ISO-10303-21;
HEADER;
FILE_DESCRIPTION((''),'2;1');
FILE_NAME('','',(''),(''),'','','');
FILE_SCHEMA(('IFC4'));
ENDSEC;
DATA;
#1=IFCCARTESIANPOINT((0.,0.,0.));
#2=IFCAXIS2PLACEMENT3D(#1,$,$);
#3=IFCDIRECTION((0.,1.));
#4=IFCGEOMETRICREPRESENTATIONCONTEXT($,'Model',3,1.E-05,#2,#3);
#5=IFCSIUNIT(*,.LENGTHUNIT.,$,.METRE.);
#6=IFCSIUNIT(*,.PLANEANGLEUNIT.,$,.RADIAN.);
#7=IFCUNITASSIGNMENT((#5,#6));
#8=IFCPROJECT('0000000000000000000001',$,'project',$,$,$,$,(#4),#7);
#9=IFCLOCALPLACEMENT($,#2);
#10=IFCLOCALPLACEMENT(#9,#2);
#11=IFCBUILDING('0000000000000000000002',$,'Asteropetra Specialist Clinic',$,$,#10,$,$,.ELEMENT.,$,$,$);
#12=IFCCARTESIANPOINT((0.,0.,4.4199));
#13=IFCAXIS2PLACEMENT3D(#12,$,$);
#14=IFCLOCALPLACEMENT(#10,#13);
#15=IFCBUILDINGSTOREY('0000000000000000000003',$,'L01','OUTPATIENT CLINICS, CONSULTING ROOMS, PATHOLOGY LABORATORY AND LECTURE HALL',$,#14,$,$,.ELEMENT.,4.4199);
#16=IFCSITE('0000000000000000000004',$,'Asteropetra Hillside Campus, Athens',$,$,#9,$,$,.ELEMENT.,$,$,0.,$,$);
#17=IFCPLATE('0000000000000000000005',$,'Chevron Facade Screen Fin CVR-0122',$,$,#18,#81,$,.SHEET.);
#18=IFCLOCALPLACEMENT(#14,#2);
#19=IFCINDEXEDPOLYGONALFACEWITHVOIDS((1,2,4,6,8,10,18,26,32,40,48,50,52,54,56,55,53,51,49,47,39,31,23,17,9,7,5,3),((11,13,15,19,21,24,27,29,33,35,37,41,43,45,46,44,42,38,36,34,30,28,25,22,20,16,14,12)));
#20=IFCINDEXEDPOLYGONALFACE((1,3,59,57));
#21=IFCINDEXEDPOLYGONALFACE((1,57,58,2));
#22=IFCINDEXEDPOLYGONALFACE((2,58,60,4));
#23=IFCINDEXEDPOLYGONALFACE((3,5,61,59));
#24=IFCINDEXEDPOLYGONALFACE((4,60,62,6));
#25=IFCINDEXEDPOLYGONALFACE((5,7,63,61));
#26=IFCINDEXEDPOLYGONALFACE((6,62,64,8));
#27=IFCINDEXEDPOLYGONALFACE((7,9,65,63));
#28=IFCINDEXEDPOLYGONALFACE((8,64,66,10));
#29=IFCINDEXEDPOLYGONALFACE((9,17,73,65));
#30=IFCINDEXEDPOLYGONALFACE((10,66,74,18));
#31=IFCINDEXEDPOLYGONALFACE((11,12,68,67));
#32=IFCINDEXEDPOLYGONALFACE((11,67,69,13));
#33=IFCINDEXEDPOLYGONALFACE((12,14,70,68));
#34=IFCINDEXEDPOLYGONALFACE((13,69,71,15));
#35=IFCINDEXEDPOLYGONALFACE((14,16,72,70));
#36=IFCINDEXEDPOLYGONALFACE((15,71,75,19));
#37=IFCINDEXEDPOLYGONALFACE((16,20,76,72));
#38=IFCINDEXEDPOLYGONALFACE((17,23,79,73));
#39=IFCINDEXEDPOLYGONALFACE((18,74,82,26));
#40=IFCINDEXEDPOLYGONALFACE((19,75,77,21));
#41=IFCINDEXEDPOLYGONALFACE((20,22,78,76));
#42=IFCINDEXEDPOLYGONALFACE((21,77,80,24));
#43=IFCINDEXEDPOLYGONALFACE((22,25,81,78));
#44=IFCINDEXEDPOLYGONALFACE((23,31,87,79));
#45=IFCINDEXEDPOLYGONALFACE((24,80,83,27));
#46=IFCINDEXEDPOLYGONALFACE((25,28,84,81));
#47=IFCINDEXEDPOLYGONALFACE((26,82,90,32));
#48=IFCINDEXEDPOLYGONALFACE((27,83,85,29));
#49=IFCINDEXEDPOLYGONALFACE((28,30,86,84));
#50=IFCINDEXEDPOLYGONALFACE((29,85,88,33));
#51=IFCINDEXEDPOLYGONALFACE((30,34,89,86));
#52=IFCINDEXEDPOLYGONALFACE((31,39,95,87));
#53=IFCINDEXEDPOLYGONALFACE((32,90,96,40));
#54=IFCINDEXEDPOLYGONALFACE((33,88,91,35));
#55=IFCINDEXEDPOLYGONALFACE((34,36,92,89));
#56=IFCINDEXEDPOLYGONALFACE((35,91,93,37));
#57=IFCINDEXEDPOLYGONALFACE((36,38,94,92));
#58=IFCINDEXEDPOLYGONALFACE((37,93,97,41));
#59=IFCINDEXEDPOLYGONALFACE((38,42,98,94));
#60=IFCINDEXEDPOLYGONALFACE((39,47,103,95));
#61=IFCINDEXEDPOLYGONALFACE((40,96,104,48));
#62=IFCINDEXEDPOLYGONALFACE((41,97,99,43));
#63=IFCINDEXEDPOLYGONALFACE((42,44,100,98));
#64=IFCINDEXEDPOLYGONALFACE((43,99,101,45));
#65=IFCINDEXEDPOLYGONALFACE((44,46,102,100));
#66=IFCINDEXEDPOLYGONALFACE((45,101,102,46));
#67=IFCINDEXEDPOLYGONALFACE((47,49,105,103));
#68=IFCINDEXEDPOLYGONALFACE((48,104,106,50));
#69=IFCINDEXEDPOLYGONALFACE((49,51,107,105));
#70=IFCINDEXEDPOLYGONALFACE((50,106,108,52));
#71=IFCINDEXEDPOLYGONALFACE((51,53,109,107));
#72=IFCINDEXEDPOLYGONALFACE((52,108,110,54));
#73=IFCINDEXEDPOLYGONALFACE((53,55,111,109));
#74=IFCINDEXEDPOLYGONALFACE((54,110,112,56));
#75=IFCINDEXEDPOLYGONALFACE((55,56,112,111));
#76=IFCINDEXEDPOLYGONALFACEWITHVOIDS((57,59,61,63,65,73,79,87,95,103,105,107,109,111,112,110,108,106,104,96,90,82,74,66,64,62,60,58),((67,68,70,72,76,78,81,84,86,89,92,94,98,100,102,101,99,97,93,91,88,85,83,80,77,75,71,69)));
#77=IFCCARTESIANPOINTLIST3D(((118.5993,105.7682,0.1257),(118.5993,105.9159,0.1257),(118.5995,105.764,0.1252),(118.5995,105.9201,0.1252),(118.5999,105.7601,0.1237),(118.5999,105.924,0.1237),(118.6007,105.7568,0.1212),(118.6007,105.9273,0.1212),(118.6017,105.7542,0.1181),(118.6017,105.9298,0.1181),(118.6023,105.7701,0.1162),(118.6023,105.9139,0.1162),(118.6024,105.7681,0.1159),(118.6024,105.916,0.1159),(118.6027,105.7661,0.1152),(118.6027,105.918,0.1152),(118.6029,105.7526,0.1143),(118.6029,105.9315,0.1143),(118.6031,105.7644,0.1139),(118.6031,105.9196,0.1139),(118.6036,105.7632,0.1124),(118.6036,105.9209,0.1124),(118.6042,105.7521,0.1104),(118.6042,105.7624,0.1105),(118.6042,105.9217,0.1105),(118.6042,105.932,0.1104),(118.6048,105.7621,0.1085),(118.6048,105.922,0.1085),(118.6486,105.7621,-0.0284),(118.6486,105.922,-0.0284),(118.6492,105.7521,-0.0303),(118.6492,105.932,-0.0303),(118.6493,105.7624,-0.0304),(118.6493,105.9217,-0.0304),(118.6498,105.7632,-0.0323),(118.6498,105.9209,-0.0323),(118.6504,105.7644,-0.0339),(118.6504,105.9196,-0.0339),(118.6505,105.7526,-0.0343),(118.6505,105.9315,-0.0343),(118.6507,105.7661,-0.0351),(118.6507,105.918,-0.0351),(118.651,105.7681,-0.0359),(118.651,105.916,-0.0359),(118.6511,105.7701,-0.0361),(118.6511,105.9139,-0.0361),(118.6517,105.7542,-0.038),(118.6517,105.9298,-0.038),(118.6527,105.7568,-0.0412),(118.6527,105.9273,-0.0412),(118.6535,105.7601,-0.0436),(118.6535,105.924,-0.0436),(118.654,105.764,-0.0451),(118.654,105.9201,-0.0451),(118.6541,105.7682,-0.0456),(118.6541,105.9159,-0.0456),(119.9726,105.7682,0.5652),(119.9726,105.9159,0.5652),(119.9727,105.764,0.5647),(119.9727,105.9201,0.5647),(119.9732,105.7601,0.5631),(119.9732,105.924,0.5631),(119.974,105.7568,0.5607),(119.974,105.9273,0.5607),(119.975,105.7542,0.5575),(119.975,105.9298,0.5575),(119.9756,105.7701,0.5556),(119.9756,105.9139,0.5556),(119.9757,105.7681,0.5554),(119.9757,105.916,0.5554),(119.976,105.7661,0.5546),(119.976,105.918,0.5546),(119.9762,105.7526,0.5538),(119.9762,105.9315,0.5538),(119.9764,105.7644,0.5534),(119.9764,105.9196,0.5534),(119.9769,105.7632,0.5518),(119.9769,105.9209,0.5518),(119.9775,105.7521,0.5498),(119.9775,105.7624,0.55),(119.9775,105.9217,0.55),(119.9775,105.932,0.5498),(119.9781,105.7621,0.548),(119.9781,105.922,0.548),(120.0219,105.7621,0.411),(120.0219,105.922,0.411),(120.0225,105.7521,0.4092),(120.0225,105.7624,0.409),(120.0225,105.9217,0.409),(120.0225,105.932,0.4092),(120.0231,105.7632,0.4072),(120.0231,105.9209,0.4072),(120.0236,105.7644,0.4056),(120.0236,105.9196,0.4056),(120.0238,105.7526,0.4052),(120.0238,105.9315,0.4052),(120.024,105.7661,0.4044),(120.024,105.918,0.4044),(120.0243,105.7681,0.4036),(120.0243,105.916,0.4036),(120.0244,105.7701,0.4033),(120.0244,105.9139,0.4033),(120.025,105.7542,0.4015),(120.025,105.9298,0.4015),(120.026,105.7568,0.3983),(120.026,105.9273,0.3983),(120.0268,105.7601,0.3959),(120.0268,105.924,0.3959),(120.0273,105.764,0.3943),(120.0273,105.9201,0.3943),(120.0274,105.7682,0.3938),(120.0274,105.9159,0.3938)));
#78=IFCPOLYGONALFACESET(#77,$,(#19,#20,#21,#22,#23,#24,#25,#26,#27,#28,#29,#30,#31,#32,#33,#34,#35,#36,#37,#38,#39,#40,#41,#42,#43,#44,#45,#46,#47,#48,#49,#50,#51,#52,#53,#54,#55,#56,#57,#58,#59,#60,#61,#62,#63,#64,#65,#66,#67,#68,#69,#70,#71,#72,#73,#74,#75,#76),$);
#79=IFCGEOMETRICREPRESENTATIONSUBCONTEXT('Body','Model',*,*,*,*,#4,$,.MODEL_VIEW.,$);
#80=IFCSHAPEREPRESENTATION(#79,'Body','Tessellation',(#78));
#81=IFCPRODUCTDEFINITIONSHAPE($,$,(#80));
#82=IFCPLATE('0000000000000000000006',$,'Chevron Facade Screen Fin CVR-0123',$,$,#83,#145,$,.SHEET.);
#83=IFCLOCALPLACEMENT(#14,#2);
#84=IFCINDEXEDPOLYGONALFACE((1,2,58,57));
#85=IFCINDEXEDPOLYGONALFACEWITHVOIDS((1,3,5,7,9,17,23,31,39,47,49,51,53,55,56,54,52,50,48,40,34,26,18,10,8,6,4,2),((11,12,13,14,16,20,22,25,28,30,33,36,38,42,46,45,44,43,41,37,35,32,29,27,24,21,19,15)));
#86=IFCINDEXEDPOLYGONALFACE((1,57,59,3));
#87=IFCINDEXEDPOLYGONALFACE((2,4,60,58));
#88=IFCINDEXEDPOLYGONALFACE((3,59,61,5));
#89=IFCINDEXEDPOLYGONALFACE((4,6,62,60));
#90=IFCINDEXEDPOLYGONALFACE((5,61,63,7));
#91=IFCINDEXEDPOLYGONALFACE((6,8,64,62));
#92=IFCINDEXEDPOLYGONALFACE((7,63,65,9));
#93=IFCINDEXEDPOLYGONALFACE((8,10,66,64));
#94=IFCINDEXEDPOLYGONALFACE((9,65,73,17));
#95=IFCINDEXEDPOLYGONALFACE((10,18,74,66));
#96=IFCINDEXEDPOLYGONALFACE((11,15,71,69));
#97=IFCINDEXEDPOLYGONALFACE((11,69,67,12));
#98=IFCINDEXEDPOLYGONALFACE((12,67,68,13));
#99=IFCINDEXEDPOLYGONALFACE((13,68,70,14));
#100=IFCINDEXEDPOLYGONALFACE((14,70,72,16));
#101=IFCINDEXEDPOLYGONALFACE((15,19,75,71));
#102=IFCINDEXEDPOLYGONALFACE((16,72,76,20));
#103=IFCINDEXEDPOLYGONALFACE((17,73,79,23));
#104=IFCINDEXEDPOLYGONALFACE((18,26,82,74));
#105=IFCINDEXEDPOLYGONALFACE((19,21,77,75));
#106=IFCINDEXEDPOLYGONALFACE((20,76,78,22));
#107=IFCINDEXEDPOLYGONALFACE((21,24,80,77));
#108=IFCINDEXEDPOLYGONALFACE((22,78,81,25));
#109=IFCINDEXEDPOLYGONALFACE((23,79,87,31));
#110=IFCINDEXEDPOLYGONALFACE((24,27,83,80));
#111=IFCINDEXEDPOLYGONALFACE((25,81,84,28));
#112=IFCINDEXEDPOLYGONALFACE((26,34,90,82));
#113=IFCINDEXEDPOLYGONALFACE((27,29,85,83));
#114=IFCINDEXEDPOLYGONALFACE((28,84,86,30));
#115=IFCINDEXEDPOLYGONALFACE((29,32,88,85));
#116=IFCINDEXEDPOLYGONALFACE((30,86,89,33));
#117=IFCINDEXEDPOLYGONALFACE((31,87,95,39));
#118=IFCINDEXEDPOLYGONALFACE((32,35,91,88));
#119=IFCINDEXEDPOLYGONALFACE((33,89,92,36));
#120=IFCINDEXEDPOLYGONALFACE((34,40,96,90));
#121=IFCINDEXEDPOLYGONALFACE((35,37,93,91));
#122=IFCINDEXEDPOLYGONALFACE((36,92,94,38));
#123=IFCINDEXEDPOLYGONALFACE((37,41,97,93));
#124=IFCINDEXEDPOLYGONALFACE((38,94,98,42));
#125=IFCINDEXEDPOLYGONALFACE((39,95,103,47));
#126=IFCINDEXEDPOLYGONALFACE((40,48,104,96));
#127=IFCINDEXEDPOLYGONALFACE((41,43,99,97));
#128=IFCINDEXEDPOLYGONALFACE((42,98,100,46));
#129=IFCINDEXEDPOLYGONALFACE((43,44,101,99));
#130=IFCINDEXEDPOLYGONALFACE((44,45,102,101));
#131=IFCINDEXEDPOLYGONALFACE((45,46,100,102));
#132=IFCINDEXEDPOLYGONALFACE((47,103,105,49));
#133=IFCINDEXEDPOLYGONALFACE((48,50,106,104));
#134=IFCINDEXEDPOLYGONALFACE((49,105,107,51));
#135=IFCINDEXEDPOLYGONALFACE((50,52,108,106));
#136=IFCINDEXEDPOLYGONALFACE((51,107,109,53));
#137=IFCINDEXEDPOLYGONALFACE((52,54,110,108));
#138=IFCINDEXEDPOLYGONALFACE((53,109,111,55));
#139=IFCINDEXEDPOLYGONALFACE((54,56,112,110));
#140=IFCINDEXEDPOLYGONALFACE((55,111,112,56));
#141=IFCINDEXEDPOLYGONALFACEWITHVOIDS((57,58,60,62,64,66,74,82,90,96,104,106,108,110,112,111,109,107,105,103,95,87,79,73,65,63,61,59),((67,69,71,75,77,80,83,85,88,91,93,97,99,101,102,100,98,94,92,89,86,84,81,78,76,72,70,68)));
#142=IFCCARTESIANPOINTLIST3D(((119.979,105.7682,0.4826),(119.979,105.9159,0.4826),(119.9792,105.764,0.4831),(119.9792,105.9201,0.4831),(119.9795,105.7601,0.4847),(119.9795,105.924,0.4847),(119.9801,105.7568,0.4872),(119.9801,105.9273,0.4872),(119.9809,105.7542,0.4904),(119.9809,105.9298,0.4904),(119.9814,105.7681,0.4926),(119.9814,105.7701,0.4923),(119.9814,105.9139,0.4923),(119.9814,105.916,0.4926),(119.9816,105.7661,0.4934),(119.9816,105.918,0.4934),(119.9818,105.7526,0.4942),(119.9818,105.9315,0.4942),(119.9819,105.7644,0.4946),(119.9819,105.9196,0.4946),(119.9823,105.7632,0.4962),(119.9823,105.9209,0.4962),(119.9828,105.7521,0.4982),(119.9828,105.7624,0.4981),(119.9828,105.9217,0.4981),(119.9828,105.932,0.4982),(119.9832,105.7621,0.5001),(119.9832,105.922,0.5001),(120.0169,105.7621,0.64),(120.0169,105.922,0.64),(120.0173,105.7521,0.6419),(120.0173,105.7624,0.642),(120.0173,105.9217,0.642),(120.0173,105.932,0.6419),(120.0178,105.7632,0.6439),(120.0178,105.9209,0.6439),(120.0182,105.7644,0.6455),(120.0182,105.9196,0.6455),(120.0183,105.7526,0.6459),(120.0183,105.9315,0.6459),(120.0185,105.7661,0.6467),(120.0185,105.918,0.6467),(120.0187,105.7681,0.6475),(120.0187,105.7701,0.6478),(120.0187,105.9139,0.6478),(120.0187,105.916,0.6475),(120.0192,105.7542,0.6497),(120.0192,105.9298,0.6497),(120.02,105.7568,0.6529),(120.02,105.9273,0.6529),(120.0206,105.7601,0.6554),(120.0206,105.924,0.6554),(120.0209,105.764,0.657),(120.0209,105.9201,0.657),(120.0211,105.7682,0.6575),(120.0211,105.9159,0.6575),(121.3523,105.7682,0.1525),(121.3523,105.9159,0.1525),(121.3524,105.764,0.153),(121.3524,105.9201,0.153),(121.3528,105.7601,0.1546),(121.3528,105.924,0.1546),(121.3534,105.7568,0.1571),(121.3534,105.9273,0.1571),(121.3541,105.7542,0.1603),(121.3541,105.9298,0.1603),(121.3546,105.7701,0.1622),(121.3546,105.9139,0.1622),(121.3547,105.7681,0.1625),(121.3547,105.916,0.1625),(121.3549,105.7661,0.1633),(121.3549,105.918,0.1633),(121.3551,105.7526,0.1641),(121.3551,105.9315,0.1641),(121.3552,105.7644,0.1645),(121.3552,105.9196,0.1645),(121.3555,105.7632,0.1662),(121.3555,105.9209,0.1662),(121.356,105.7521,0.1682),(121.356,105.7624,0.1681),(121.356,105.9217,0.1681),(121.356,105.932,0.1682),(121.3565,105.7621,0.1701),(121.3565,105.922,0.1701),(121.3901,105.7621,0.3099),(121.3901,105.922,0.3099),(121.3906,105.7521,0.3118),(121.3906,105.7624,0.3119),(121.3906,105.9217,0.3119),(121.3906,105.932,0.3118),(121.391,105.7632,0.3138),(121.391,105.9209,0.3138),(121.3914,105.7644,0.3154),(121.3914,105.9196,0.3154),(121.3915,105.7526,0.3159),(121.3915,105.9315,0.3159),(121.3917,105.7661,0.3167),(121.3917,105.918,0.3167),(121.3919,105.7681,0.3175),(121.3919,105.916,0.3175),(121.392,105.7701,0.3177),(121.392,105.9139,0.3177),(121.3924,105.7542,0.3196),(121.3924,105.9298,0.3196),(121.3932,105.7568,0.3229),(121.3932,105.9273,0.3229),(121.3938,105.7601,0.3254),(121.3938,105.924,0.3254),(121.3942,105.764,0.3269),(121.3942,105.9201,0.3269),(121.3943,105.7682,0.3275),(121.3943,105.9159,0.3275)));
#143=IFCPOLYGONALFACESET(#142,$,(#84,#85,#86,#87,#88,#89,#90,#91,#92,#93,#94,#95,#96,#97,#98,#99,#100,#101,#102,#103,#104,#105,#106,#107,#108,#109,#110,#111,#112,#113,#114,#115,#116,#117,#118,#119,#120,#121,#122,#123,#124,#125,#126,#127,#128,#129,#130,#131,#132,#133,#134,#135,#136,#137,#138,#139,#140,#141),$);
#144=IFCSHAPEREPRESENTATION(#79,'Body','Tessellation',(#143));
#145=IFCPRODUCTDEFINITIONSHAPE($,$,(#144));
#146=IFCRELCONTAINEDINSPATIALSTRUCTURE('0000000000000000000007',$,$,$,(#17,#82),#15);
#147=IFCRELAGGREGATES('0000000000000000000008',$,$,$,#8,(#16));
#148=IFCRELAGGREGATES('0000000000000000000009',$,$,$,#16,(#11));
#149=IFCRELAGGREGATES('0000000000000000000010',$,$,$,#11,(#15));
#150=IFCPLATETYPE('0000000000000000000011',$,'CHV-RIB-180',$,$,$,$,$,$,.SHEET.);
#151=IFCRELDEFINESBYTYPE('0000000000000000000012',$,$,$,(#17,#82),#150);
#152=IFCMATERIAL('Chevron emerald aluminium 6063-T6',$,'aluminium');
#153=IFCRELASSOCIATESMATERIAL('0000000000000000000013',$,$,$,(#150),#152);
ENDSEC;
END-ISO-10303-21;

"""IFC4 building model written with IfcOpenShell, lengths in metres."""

from ifc_helpers import new_model, si_unit, direction, frame, origin, origin_2d, place, context, subcontext, project, spatial, hollow_rectangle, extrude, material, material_profile, profile_set, type_object, element, save


model = new_model("IFC4")

# Units and contexts
model_context = context("Model", 3, precision=1e-05, world=origin(), true_north=direction((0.0, 1.0)))
body_context = subcontext(model_context, "Body", "Model", "MODEL_VIEW")
ifc_project = project(units=[si_unit("LENGTHUNIT", "METRE"), si_unit("PLANEANGLEUNIT", "RADIAN")], contexts=[model_context])

# Site, building, storey
site_placement = place(None, origin())
site = spatial("IfcSite", under=ifc_project, at=site_placement, Name="Asteropetra Hillside Campus, Athens", CompositionType="ELEMENT", RefElevation=0.0)
building_placement = place(site_placement, origin())
building = spatial("IfcBuilding", under=site, at=building_placement, Name="Asteropetra Specialist Clinic", CompositionType="ELEMENT")
storey_placement = place(building_placement, frame((0.0, 0.0, 4.4199)))
storey = spatial("IfcBuildingStorey", under=building, at=storey_placement, Name="L01", Description="OUTPATIENT CLINICS, CONSULTING ROOMS, PATHOLOGY LABORATORY AND LECTURE HALL", CompositionType="ELEMENT", Elevation=4.4199)

# Plates
ifc_material_1 = material(Name="Chevron emerald aluminium 6063-T6", Category="aluminium")
ifc_material_profile_1 = material_profile(ifc_material_1, hollow_rectangle(XDim=0.1799, YDim=0.1799, WallThickness=0.01, InnerFilletRadius=0.0081, OuterFilletRadius=0.0161, at=origin_2d()), Name="SHS 180x180x10.0")
ifc_profile_set_1 = profile_set([ifc_material_profile_1], Name="Chevron emerald aluminium 6063-T6")
plate_type = type_object("IfcPlateType", Name="CHV-RIB-180", PredefinedType="SHEET", material=ifc_profile_set_1)
for number, where, z_axis, x_axis, name in (
    (1, (120.0, 105.842, 0.4795), (-0.952424, 0.0, -0.304776), (0.0, -1.0, 0.0), "Chevron Facade Screen Fin CVR-0122"),
):
    element("IfcPlate", number, at=place(storey_placement, frame(where, z_axis=z_axis, x_axis=x_axis)), inside=storey, type_object=plate_type, Name=name, PredefinedType="SHEET", context=body_context, shape_type="SweptSolid", body=[
        extrude(hollow_rectangle(XDim=0.1799, YDim=0.1799, WallThickness=0.01, InnerFilletRadius=0.0081, OuterFilletRadius=0.0161, at=origin_2d()), origin(), (0.0, 0.0, 1.0), 1.4419),
    ])
for number, where, z_axis, x_axis, name in (
    (2, (121.3733, 105.842, 0.24), (-0.972309, 0.0, 0.2337), (0.0, -1.0, 0.0), "Chevron Facade Screen Fin CVR-0123"),
):
    element("IfcPlate", number, at=place(storey_placement, frame(where, z_axis=z_axis, x_axis=x_axis)), inside=storey, type_object=plate_type, Name=name, PredefinedType="SHEET", context=body_context, shape_type="SweptSolid", body=[
        extrude(hollow_rectangle(XDim=0.1799, YDim=0.1799, WallThickness=0.01, InnerFilletRadius=0.0081, OuterFilletRadius=0.0161, at=origin_2d()), origin(), (0.0, 0.0, 1.0), 1.4124),
    ])

save(model, "model.ifc")
